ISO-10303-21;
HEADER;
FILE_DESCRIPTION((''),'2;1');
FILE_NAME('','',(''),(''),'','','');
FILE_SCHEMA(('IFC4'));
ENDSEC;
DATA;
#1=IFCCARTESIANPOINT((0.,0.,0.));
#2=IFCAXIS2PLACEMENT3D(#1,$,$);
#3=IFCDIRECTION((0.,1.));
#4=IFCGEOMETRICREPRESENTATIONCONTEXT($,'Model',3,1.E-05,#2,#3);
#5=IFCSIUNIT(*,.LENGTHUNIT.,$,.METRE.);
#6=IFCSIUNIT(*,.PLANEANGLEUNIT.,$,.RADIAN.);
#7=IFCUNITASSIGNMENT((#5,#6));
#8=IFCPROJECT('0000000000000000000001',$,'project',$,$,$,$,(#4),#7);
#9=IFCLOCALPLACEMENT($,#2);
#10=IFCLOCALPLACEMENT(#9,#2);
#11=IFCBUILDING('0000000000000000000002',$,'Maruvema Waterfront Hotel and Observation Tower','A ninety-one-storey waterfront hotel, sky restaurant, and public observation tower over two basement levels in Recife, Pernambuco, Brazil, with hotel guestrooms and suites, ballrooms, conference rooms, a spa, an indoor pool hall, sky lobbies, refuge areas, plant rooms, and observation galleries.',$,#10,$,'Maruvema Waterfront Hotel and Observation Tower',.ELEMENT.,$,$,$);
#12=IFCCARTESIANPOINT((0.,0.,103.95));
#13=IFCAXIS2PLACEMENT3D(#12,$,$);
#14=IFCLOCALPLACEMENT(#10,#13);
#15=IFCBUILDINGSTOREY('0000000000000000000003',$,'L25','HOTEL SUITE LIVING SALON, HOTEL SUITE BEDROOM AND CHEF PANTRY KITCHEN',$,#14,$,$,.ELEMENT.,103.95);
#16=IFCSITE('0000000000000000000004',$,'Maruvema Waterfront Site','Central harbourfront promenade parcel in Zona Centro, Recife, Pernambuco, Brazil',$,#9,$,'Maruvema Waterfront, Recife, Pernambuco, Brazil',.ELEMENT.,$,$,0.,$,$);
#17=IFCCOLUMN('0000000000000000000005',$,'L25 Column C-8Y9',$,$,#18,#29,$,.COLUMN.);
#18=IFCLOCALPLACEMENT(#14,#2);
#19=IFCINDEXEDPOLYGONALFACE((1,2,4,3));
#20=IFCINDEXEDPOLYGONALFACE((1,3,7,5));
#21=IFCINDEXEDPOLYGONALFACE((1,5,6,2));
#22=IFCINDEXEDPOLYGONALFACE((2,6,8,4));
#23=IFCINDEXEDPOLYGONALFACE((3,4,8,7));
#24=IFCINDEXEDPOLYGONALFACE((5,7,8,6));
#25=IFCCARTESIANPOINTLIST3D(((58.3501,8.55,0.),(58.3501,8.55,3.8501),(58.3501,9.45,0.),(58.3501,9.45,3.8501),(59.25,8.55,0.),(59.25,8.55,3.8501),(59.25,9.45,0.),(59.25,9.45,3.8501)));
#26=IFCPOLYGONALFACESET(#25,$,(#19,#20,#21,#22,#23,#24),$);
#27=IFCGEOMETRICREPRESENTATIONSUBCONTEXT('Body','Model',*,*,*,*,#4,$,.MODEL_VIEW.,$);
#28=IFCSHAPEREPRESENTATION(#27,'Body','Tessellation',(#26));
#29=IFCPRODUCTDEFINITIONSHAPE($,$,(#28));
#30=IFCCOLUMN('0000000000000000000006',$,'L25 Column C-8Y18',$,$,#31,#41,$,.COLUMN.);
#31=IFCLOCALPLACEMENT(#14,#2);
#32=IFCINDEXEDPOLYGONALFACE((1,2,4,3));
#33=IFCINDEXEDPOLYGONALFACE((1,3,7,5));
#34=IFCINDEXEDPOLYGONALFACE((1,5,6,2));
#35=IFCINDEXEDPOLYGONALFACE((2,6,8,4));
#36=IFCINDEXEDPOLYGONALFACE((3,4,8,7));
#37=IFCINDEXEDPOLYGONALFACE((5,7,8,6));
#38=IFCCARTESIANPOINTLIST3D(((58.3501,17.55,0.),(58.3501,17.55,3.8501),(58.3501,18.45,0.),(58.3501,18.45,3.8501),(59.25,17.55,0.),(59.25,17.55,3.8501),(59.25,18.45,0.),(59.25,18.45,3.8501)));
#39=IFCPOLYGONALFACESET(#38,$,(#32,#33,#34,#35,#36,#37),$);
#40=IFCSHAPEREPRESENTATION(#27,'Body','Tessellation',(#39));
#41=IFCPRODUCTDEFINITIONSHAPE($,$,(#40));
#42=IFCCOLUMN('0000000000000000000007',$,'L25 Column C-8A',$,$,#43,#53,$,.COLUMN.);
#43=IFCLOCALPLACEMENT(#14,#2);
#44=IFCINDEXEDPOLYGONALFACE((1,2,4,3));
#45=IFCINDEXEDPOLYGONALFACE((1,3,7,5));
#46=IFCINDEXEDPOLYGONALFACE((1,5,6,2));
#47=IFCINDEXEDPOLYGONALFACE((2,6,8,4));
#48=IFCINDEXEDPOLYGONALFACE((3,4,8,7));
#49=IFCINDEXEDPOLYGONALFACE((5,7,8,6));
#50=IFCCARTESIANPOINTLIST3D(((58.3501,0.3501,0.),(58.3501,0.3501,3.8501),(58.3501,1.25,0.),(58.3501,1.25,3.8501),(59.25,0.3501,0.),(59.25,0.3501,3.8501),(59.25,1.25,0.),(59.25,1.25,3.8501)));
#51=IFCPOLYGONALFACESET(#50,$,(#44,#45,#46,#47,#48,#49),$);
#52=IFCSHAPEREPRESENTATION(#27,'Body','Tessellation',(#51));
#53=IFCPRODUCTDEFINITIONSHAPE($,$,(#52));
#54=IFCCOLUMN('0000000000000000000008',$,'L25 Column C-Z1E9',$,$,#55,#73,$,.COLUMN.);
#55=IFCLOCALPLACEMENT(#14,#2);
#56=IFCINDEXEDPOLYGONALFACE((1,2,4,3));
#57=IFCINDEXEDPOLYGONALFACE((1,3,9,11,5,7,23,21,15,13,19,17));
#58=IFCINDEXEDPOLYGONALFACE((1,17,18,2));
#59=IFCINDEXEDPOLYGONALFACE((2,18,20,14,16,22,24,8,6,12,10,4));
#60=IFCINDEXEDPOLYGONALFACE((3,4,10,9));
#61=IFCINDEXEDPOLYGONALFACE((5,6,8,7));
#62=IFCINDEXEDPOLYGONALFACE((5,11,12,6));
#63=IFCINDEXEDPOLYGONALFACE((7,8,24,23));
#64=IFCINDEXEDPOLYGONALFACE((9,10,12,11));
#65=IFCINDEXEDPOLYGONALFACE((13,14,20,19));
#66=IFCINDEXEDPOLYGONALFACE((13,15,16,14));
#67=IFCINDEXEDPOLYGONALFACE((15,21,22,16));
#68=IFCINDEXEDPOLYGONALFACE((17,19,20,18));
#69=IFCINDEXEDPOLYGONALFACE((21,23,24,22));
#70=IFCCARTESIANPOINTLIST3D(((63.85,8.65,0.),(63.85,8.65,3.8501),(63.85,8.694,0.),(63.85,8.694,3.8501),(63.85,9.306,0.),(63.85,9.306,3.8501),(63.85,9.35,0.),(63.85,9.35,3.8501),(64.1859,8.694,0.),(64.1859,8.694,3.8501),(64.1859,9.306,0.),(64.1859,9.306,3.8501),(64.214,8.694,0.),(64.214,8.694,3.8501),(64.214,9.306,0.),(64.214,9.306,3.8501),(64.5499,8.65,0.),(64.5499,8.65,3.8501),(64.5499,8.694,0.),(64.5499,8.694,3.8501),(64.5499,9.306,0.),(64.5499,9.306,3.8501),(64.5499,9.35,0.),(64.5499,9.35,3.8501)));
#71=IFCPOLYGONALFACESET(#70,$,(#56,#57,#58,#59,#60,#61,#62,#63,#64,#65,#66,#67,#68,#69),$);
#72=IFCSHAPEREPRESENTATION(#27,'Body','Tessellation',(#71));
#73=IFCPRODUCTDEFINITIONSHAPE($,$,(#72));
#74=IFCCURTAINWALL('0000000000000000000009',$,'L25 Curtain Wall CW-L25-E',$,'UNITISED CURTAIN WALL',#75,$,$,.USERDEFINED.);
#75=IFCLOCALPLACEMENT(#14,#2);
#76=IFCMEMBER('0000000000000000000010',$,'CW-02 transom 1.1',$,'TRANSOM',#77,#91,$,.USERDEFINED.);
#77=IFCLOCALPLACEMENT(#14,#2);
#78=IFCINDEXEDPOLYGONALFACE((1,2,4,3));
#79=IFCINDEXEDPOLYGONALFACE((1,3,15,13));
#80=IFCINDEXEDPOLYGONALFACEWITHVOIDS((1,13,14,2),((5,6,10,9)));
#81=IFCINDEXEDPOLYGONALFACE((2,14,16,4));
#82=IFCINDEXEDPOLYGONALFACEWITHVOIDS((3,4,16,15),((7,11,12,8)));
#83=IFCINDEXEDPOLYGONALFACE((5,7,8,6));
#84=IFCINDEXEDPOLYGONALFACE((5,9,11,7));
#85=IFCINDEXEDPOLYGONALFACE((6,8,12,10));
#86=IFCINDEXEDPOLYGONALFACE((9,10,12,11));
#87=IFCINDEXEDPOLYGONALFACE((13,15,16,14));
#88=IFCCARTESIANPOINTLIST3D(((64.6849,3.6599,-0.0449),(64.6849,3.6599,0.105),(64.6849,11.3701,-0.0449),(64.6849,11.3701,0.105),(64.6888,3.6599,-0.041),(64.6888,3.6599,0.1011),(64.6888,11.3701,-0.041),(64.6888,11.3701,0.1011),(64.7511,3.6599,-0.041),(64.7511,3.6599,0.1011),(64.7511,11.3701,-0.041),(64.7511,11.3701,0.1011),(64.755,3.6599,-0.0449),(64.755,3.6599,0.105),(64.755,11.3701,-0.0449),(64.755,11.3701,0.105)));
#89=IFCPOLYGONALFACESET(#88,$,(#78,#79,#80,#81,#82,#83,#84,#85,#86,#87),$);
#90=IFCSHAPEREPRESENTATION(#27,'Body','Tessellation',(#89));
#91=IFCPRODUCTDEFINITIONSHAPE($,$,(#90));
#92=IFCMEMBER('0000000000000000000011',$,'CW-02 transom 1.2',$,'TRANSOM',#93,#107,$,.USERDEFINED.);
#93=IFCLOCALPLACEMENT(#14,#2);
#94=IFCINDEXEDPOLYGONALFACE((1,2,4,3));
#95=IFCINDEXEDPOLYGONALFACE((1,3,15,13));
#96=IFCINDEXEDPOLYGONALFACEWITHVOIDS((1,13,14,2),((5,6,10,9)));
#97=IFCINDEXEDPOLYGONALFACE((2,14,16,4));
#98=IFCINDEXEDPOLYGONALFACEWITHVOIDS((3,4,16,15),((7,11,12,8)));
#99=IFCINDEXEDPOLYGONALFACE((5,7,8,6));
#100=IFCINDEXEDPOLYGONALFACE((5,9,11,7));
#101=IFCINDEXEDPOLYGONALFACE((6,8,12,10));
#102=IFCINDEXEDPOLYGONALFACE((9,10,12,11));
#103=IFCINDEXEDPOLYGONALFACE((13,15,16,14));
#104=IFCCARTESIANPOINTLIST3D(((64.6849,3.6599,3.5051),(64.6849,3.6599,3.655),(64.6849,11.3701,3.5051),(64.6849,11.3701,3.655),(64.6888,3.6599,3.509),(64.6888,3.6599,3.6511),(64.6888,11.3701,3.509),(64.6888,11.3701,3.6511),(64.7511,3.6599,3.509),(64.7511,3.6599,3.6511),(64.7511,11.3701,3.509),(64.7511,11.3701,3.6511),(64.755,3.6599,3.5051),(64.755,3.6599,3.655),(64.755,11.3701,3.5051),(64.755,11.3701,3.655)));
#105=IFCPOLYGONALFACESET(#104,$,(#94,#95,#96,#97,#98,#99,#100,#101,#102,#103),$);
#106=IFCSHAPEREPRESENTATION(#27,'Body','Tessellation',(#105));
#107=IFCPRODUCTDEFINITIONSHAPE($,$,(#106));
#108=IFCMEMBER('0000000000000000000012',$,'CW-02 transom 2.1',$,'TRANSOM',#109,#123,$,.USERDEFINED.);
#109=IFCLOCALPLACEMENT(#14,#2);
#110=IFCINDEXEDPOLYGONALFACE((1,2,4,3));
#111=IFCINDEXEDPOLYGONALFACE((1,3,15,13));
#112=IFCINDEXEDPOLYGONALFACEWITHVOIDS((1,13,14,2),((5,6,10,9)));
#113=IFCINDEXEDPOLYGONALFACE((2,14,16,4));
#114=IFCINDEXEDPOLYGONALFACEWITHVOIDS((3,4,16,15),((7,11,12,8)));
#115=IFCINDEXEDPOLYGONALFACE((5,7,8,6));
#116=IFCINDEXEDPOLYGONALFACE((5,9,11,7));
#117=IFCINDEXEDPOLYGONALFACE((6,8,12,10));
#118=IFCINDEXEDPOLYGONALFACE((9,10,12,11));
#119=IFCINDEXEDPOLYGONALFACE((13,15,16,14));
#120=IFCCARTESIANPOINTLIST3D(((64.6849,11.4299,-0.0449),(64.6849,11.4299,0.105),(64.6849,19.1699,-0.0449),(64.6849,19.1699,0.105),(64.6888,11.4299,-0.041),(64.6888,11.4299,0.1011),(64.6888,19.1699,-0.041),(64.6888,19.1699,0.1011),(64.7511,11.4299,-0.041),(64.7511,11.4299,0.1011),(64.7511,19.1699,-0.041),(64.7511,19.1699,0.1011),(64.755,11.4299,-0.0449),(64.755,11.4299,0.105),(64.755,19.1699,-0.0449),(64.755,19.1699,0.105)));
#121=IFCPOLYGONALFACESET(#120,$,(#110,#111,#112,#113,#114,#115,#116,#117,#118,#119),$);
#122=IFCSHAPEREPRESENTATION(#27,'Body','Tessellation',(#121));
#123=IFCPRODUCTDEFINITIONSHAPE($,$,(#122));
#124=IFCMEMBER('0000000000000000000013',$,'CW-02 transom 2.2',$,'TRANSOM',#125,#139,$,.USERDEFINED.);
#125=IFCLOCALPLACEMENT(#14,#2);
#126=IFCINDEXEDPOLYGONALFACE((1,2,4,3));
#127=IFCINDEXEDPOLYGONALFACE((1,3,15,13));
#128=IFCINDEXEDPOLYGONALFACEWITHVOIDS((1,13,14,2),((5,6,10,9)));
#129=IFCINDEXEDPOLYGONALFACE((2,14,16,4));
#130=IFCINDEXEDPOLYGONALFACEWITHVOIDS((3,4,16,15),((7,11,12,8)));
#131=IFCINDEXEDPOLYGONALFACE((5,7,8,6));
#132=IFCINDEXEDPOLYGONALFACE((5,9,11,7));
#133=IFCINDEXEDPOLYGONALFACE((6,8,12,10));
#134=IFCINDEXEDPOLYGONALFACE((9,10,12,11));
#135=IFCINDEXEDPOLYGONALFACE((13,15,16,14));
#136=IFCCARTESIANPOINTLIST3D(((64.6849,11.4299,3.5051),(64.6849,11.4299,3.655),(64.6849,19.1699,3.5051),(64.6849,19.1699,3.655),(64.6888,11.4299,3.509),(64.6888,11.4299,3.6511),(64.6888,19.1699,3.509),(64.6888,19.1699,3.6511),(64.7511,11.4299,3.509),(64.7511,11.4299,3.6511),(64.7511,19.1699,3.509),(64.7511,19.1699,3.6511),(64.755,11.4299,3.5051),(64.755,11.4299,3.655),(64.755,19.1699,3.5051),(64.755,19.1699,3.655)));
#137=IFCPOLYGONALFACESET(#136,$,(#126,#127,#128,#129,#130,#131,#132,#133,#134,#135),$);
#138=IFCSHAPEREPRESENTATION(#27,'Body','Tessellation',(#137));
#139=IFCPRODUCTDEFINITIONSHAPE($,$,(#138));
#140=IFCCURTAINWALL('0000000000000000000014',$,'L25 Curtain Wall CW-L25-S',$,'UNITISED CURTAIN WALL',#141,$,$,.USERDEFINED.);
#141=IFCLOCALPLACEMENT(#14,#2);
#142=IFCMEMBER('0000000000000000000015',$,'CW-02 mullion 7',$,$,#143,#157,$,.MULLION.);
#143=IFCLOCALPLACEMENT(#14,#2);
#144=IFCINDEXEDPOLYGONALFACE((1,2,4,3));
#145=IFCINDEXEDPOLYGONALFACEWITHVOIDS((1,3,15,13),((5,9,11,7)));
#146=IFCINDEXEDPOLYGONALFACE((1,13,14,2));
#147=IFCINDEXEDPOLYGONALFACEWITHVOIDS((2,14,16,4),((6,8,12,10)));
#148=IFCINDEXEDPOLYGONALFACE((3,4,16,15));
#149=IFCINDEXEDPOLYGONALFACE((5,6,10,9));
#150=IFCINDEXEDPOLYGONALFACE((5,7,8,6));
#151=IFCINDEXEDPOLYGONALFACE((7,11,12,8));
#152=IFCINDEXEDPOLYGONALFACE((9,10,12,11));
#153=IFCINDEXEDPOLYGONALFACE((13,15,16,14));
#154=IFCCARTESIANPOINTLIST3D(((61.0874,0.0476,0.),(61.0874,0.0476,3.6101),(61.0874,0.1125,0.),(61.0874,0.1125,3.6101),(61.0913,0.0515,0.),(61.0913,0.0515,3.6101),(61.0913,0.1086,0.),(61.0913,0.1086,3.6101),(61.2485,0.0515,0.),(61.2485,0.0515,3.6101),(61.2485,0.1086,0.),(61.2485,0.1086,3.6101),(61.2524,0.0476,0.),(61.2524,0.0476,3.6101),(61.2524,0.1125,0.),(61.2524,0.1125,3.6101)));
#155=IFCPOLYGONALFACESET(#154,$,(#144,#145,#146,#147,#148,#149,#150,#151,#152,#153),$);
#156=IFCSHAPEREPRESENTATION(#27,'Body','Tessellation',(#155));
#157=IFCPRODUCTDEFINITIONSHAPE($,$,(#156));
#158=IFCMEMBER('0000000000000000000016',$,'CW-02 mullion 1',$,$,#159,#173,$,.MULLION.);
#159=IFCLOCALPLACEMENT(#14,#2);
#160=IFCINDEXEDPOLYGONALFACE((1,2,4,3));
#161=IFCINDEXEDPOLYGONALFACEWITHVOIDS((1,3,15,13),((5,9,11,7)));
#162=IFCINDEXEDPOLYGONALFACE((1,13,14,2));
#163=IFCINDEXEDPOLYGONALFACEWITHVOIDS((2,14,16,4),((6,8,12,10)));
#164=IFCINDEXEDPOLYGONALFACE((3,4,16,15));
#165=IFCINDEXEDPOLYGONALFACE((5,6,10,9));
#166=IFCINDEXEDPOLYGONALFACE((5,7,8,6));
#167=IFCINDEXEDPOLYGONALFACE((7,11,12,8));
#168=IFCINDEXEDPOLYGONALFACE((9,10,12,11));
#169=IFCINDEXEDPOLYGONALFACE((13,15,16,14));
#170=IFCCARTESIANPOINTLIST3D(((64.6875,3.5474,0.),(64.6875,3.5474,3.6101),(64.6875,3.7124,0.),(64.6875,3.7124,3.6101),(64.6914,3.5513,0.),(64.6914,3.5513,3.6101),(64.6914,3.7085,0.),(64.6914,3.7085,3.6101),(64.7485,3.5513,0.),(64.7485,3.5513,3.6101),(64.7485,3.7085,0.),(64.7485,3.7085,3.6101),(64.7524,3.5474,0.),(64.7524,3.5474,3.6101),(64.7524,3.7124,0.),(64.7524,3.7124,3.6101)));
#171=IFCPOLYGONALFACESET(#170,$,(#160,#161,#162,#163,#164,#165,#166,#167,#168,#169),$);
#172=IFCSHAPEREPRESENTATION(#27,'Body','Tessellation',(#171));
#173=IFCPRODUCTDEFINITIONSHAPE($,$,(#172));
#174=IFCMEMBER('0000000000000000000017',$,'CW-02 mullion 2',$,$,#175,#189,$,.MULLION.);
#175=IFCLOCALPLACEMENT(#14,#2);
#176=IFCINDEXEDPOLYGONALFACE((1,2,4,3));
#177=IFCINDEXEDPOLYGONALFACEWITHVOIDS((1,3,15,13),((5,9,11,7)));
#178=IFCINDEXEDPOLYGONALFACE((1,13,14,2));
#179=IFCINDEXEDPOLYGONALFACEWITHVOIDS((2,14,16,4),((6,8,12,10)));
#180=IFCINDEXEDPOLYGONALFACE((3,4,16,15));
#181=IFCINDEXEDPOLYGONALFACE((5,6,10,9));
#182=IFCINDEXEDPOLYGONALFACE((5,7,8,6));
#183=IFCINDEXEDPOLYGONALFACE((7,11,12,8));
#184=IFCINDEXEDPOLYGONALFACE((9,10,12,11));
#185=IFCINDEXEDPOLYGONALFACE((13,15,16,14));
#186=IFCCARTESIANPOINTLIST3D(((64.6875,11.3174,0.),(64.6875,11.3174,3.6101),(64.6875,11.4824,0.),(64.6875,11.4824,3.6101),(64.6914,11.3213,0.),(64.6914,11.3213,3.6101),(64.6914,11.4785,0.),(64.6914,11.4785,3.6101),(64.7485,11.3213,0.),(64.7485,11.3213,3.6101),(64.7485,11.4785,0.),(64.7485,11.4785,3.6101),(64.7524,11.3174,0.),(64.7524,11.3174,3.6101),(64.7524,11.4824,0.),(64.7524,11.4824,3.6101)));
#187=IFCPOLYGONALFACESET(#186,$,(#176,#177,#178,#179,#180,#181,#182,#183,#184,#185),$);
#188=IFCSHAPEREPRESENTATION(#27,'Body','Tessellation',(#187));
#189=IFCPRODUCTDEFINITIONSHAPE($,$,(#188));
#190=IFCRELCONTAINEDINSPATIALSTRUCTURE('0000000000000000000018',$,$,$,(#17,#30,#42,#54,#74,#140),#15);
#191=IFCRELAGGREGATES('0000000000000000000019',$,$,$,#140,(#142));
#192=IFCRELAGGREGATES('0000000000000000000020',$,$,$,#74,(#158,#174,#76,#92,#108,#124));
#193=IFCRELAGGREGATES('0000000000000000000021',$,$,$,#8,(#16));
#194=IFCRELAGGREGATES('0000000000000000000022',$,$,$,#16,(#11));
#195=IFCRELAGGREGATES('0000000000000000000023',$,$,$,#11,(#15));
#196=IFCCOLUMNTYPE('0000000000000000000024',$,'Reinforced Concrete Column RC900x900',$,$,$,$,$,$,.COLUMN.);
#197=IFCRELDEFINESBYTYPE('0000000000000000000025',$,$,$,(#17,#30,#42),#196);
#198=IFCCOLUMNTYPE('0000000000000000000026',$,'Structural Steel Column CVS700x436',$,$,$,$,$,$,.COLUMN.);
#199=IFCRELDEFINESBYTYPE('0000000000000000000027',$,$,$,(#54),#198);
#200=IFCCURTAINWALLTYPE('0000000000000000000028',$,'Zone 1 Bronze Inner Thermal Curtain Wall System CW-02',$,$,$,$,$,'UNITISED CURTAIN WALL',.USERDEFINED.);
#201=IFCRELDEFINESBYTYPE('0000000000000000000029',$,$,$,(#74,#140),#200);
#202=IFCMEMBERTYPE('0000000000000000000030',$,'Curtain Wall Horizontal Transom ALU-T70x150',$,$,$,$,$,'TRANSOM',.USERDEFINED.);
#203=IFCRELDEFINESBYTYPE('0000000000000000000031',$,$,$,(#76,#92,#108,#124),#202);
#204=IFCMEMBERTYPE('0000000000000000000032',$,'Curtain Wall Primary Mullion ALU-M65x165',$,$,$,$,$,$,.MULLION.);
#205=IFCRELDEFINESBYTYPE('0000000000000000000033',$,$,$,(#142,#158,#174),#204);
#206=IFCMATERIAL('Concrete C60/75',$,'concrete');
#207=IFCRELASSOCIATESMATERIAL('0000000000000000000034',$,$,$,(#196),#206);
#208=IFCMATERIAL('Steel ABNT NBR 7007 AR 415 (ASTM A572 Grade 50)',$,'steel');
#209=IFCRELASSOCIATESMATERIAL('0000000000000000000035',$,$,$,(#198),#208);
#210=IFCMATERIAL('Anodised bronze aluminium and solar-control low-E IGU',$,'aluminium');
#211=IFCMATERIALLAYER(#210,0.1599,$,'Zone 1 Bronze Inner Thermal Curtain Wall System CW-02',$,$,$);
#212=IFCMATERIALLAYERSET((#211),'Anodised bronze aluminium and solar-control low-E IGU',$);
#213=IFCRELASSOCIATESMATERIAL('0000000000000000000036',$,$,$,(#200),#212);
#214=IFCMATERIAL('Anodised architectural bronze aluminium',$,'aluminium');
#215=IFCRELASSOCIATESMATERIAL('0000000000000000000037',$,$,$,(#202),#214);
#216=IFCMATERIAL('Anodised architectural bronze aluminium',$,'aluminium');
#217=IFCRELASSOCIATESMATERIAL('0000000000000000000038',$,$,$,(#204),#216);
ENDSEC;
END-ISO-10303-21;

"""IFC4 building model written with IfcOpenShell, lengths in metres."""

from ifc_helpers import new_model, si_unit, direction, frame, origin, origin_2d, place, context, subcontext, project, spatial, rectangle, hollow_rectangle, i_section, extrude, material, layer, layer_set, material_profile, profile_set, type_object, element, aggregate, save


model = new_model("IFC4")

# Units and contexts
model_context = context("Model", 3, precision=1e-05, world=origin(), true_north=direction((0.0, 1.0)))
body_context = subcontext(model_context, "Body", "Model", "MODEL_VIEW")
ifc_project = project(units=[si_unit("LENGTHUNIT", "METRE"), si_unit("PLANEANGLEUNIT", "RADIAN")], contexts=[model_context])

# Site, building, storey
site_placement = place(None, origin())
site = spatial("IfcSite", under=ifc_project, at=site_placement, Name="Maruvema Waterfront Site", Description="Central harbourfront promenade parcel in Zona Centro, Recife, Pernambuco, Brazil", LongName="Maruvema Waterfront, Recife, Pernambuco, Brazil", CompositionType="ELEMENT", RefElevation=0.0)
building_placement = place(site_placement, origin())
building = spatial("IfcBuilding", under=site, at=building_placement, Name="Maruvema Waterfront Hotel and Observation Tower", Description="A ninety-one-storey waterfront hotel, sky restaurant, and public observation tower over two basement levels in Recife, Pernambuco, Brazil, with hotel guestrooms and suites, ballrooms, conference rooms, a spa, an indoor pool hall, sky lobbies, refuge areas, plant rooms, and observation galleries.", LongName="Maruvema Waterfront Hotel and Observation Tower", CompositionType="ELEMENT")
storey_placement = place(building_placement, frame((0.0, 0.0, 103.95)))
storey = spatial("IfcBuildingStorey", under=building, at=storey_placement, Name="L25", Description="HOTEL SUITE LIVING SALON, HOTEL SUITE BEDROOM AND CHEF PANTRY KITCHEN", CompositionType="ELEMENT", Elevation=103.95)

# Columns
ifc_material_1 = material(Name="Concrete C60/75", Category="concrete")
ifc_material_profile_1 = material_profile(ifc_material_1, rectangle(XDim=0.8999, YDim=0.8999, at=origin_2d()), Name="RC900x900")
ifc_profile_set_1 = profile_set([ifc_material_profile_1], Name="Concrete C60/75")
column_type_1 = type_object("IfcColumnType", Name="Reinforced Concrete Column RC900x900", PredefinedType="COLUMN", material=ifc_profile_set_1)
for number, where, z_axis, x_axis, name in (
    (1, (58.8, 9.0, 0.0), (0.0, 0.0, 1.0), (1.0, 0.0, 0.0), "L25 Column C-8Y9"),
    (2, (58.8, 18.0, 0.0), (0.0, 0.0, 1.0), (1.0, 0.0, 0.0), "L25 Column C-8Y18"),
    (3, (58.8, 0.8, 0.0), (0.0, 0.0, 1.0), (1.0, 0.0, 0.0), "L25 Column C-8A"),
):
    element("IfcColumn", number, at=place(storey_placement, frame(where, z_axis=z_axis, x_axis=x_axis)), inside=storey, type_object=column_type_1, Name=name, PredefinedType="COLUMN", context=body_context, shape_type="SweptSolid", body=[
        extrude(rectangle(XDim=0.8999, YDim=0.8999, at=origin_2d()), origin(), (0.0, 0.0, 1.0), 3.8501),
    ])
ifc_material_2 = material(Name="Steel ABNT NBR 7007 AR 415 (ASTM A572 Grade 50)", Category="steel")
ifc_material_profile_2 = material_profile(ifc_material_2, i_section(OverallWidth=0.7, OverallDepth=0.7, WebThickness=0.0281, FlangeThickness=0.0439, at=origin_2d()), Name="CVS700x436")
ifc_profile_set_2 = profile_set([ifc_material_profile_2], Name="Steel ABNT NBR 7007 AR 415 (ASTM A572 Grade 50)")
column_type_2 = type_object("IfcColumnType", Name="Structural Steel Column CVS700x436", PredefinedType="COLUMN", material=ifc_profile_set_2)
column_placement = place(storey_placement, frame((64.2, 9.0, 0.0), z_axis=(0.0, 0.0, 1.0), x_axis=(1.0, 0.0, 0.0)))
element("IfcColumn", 4, at=column_placement, inside=storey, type_object=column_type_2, Name="L25 Column C-Z1E9", PredefinedType="COLUMN", context=body_context, shape_type="SweptSolid", body=[
    extrude(i_section(OverallWidth=0.7, OverallDepth=0.7, WebThickness=0.0281, FlangeThickness=0.0439, at=origin_2d()), origin(), (0.0, 0.0, 1.0), 3.8501),
])

# Curtain wall, members
ifc_material_3 = material(Name="Anodised bronze aluminium and solar-control low-E IGU", Category="aluminium")
ifc_layer_1 = layer(ifc_material_3, 0.1599, Name="Zone 1 Bronze Inner Thermal Curtain Wall System CW-02")
ifc_layer_set_1 = layer_set([ifc_layer_1], Name="Anodised bronze aluminium and solar-control low-E IGU")
curtain_wall_type = type_object("IfcCurtainWallType", Name="Zone 1 Bronze Inner Thermal Curtain Wall System CW-02", ElementType="UNITISED CURTAIN WALL", PredefinedType="USERDEFINED", material=ifc_layer_set_1)
curtain_wall_1_placement = place(storey_placement, origin())
curtain_wall_1 = element("IfcCurtainWall", 5, at=curtain_wall_1_placement, inside=storey, type_object=curtain_wall_type, Name="L25 Curtain Wall CW-L25-E", ObjectType="UNITISED CURTAIN WALL", PredefinedType="USERDEFINED")
ifc_material_4 = material(Name="Anodised architectural bronze aluminium", Category="aluminium")
ifc_material_profile_3 = material_profile(ifc_material_4, hollow_rectangle(XDim=0.0701, YDim=0.1499, WallThickness=0.0039, at=origin_2d()), Name="ALU-T70x150")
ifc_profile_set_3 = profile_set([ifc_material_profile_3], Name="Anodised architectural bronze aluminium")
member_type_1 = type_object("IfcMemberType", Name="Curtain Wall Horizontal Transom ALU-T70x150", ElementType="TRANSOM", PredefinedType="USERDEFINED", material=ifc_profile_set_3)
member_1_placement = place(storey_placement, frame((64.72, 3.6599, 0.03), z_axis=(0.0, 1.0, 0.0), x_axis=(-1.0, 0.0, 0.0)))
member_1 = element("IfcMember", 6, at=member_1_placement, type_object=member_type_1, Name="CW-02 transom 1.1", ObjectType="TRANSOM", PredefinedType="USERDEFINED", context=body_context, shape_type="SweptSolid", body=[
    extrude(hollow_rectangle(XDim=0.0701, YDim=0.1499, WallThickness=0.0039, at=origin_2d()), origin(), (0.0, 0.0, 1.0), 7.7102),
])
member_2_placement = place(storey_placement, frame((64.72, 3.6599, 3.5801), z_axis=(0.0, 1.0, 0.0), x_axis=(-1.0, 0.0, 0.0)))
member_2 = element("IfcMember", 7, at=member_2_placement, type_object=member_type_1, Name="CW-02 transom 1.2", ObjectType="TRANSOM", PredefinedType="USERDEFINED", context=body_context, shape_type="SweptSolid", body=[
    extrude(hollow_rectangle(XDim=0.0701, YDim=0.1499, WallThickness=0.0039, at=origin_2d()), origin(), (0.0, 0.0, 1.0), 7.7102),
])
member_3_placement = place(storey_placement, frame((64.72, 11.4299, 0.03), z_axis=(0.0, 1.0, 0.0), x_axis=(-1.0, 0.0, 0.0)))
member_3 = element("IfcMember", 8, at=member_3_placement, type_object=member_type_1, Name="CW-02 transom 2.1", ObjectType="TRANSOM", PredefinedType="USERDEFINED", context=body_context, shape_type="SweptSolid", body=[
    extrude(hollow_rectangle(XDim=0.0701, YDim=0.1499, WallThickness=0.0039, at=origin_2d()), origin(), (0.0, 0.0, 1.0), 7.74),
])
member_4_placement = place(storey_placement, frame((64.72, 11.4299, 3.5801), z_axis=(0.0, 1.0, 0.0), x_axis=(-1.0, 0.0, 0.0)))
member_4 = element("IfcMember", 9, at=member_4_placement, type_object=member_type_1, Name="CW-02 transom 2.2", ObjectType="TRANSOM", PredefinedType="USERDEFINED", context=body_context, shape_type="SweptSolid", body=[
    extrude(hollow_rectangle(XDim=0.0701, YDim=0.1499, WallThickness=0.0039, at=origin_2d()), origin(), (0.0, 0.0, 1.0), 7.74),
])

# Curtain wall, member
curtain_wall_2_placement = place(storey_placement, origin())
curtain_wall_2 = element("IfcCurtainWall", 10, at=curtain_wall_2_placement, inside=storey, type_object=curtain_wall_type, Name="L25 Curtain Wall CW-L25-S", ObjectType="UNITISED CURTAIN WALL", PredefinedType="USERDEFINED")
ifc_material_5 = material(Name="Anodised architectural bronze aluminium", Category="aluminium")
ifc_material_profile_4 = material_profile(ifc_material_5, hollow_rectangle(XDim=0.0649, YDim=0.165, WallThickness=0.0039, at=origin_2d()), Name="ALU-M65x165")
ifc_profile_set_4 = profile_set([ifc_material_profile_4], Name="Anodised architectural bronze aluminium")
member_type_2 = type_object("IfcMemberType", Name="Curtain Wall Primary Mullion ALU-M65x165", PredefinedType="MULLION", material=ifc_profile_set_4)
member_5_placement = place(storey_placement, frame((61.1699, 0.0801, 0.0), z_axis=(0.0, 0.0, 1.0), x_axis=(0.0, 1.0, 0.0)))
member_5 = element("IfcMember", 11, at=member_5_placement, type_object=member_type_2, Name="CW-02 mullion 7", PredefinedType="MULLION", context=body_context, shape_type="SweptSolid", body=[
    extrude(hollow_rectangle(XDim=0.0649, YDim=0.165, WallThickness=0.0039, at=origin_2d()), origin(), (0.0, 0.0, 1.0), 3.6101),
])

# Members
member_6_placement = place(storey_placement, frame((64.72, 3.6299, 0.0), z_axis=(0.0, 0.0, 1.0), x_axis=(-1.0, 0.0, 0.0)))
member_6 = element("IfcMember", 12, at=member_6_placement, type_object=member_type_2, Name="CW-02 mullion 1", PredefinedType="MULLION", context=body_context, shape_type="SweptSolid", body=[
    extrude(hollow_rectangle(XDim=0.0649, YDim=0.165, WallThickness=0.0039, at=origin_2d()), origin(), (0.0, 0.0, 1.0), 3.6101),
])
member_7_placement = place(storey_placement, frame((64.72, 11.3999, 0.0), z_axis=(0.0, 0.0, 1.0), x_axis=(-1.0, 0.0, 0.0)))
member_7 = element("IfcMember", 13, at=member_7_placement, type_object=member_type_2, Name="CW-02 mullion 2", PredefinedType="MULLION", context=body_context, shape_type="SweptSolid", body=[
    extrude(hollow_rectangle(XDim=0.0649, YDim=0.165, WallThickness=0.0039, at=origin_2d()), origin(), (0.0, 0.0, 1.0), 3.6101),
])

aggregate(curtain_wall_2, [member_5])
aggregate(curtain_wall_1, [member_6, member_7, member_1, member_2, member_3, member_4])

save(model, "model.ifc")
